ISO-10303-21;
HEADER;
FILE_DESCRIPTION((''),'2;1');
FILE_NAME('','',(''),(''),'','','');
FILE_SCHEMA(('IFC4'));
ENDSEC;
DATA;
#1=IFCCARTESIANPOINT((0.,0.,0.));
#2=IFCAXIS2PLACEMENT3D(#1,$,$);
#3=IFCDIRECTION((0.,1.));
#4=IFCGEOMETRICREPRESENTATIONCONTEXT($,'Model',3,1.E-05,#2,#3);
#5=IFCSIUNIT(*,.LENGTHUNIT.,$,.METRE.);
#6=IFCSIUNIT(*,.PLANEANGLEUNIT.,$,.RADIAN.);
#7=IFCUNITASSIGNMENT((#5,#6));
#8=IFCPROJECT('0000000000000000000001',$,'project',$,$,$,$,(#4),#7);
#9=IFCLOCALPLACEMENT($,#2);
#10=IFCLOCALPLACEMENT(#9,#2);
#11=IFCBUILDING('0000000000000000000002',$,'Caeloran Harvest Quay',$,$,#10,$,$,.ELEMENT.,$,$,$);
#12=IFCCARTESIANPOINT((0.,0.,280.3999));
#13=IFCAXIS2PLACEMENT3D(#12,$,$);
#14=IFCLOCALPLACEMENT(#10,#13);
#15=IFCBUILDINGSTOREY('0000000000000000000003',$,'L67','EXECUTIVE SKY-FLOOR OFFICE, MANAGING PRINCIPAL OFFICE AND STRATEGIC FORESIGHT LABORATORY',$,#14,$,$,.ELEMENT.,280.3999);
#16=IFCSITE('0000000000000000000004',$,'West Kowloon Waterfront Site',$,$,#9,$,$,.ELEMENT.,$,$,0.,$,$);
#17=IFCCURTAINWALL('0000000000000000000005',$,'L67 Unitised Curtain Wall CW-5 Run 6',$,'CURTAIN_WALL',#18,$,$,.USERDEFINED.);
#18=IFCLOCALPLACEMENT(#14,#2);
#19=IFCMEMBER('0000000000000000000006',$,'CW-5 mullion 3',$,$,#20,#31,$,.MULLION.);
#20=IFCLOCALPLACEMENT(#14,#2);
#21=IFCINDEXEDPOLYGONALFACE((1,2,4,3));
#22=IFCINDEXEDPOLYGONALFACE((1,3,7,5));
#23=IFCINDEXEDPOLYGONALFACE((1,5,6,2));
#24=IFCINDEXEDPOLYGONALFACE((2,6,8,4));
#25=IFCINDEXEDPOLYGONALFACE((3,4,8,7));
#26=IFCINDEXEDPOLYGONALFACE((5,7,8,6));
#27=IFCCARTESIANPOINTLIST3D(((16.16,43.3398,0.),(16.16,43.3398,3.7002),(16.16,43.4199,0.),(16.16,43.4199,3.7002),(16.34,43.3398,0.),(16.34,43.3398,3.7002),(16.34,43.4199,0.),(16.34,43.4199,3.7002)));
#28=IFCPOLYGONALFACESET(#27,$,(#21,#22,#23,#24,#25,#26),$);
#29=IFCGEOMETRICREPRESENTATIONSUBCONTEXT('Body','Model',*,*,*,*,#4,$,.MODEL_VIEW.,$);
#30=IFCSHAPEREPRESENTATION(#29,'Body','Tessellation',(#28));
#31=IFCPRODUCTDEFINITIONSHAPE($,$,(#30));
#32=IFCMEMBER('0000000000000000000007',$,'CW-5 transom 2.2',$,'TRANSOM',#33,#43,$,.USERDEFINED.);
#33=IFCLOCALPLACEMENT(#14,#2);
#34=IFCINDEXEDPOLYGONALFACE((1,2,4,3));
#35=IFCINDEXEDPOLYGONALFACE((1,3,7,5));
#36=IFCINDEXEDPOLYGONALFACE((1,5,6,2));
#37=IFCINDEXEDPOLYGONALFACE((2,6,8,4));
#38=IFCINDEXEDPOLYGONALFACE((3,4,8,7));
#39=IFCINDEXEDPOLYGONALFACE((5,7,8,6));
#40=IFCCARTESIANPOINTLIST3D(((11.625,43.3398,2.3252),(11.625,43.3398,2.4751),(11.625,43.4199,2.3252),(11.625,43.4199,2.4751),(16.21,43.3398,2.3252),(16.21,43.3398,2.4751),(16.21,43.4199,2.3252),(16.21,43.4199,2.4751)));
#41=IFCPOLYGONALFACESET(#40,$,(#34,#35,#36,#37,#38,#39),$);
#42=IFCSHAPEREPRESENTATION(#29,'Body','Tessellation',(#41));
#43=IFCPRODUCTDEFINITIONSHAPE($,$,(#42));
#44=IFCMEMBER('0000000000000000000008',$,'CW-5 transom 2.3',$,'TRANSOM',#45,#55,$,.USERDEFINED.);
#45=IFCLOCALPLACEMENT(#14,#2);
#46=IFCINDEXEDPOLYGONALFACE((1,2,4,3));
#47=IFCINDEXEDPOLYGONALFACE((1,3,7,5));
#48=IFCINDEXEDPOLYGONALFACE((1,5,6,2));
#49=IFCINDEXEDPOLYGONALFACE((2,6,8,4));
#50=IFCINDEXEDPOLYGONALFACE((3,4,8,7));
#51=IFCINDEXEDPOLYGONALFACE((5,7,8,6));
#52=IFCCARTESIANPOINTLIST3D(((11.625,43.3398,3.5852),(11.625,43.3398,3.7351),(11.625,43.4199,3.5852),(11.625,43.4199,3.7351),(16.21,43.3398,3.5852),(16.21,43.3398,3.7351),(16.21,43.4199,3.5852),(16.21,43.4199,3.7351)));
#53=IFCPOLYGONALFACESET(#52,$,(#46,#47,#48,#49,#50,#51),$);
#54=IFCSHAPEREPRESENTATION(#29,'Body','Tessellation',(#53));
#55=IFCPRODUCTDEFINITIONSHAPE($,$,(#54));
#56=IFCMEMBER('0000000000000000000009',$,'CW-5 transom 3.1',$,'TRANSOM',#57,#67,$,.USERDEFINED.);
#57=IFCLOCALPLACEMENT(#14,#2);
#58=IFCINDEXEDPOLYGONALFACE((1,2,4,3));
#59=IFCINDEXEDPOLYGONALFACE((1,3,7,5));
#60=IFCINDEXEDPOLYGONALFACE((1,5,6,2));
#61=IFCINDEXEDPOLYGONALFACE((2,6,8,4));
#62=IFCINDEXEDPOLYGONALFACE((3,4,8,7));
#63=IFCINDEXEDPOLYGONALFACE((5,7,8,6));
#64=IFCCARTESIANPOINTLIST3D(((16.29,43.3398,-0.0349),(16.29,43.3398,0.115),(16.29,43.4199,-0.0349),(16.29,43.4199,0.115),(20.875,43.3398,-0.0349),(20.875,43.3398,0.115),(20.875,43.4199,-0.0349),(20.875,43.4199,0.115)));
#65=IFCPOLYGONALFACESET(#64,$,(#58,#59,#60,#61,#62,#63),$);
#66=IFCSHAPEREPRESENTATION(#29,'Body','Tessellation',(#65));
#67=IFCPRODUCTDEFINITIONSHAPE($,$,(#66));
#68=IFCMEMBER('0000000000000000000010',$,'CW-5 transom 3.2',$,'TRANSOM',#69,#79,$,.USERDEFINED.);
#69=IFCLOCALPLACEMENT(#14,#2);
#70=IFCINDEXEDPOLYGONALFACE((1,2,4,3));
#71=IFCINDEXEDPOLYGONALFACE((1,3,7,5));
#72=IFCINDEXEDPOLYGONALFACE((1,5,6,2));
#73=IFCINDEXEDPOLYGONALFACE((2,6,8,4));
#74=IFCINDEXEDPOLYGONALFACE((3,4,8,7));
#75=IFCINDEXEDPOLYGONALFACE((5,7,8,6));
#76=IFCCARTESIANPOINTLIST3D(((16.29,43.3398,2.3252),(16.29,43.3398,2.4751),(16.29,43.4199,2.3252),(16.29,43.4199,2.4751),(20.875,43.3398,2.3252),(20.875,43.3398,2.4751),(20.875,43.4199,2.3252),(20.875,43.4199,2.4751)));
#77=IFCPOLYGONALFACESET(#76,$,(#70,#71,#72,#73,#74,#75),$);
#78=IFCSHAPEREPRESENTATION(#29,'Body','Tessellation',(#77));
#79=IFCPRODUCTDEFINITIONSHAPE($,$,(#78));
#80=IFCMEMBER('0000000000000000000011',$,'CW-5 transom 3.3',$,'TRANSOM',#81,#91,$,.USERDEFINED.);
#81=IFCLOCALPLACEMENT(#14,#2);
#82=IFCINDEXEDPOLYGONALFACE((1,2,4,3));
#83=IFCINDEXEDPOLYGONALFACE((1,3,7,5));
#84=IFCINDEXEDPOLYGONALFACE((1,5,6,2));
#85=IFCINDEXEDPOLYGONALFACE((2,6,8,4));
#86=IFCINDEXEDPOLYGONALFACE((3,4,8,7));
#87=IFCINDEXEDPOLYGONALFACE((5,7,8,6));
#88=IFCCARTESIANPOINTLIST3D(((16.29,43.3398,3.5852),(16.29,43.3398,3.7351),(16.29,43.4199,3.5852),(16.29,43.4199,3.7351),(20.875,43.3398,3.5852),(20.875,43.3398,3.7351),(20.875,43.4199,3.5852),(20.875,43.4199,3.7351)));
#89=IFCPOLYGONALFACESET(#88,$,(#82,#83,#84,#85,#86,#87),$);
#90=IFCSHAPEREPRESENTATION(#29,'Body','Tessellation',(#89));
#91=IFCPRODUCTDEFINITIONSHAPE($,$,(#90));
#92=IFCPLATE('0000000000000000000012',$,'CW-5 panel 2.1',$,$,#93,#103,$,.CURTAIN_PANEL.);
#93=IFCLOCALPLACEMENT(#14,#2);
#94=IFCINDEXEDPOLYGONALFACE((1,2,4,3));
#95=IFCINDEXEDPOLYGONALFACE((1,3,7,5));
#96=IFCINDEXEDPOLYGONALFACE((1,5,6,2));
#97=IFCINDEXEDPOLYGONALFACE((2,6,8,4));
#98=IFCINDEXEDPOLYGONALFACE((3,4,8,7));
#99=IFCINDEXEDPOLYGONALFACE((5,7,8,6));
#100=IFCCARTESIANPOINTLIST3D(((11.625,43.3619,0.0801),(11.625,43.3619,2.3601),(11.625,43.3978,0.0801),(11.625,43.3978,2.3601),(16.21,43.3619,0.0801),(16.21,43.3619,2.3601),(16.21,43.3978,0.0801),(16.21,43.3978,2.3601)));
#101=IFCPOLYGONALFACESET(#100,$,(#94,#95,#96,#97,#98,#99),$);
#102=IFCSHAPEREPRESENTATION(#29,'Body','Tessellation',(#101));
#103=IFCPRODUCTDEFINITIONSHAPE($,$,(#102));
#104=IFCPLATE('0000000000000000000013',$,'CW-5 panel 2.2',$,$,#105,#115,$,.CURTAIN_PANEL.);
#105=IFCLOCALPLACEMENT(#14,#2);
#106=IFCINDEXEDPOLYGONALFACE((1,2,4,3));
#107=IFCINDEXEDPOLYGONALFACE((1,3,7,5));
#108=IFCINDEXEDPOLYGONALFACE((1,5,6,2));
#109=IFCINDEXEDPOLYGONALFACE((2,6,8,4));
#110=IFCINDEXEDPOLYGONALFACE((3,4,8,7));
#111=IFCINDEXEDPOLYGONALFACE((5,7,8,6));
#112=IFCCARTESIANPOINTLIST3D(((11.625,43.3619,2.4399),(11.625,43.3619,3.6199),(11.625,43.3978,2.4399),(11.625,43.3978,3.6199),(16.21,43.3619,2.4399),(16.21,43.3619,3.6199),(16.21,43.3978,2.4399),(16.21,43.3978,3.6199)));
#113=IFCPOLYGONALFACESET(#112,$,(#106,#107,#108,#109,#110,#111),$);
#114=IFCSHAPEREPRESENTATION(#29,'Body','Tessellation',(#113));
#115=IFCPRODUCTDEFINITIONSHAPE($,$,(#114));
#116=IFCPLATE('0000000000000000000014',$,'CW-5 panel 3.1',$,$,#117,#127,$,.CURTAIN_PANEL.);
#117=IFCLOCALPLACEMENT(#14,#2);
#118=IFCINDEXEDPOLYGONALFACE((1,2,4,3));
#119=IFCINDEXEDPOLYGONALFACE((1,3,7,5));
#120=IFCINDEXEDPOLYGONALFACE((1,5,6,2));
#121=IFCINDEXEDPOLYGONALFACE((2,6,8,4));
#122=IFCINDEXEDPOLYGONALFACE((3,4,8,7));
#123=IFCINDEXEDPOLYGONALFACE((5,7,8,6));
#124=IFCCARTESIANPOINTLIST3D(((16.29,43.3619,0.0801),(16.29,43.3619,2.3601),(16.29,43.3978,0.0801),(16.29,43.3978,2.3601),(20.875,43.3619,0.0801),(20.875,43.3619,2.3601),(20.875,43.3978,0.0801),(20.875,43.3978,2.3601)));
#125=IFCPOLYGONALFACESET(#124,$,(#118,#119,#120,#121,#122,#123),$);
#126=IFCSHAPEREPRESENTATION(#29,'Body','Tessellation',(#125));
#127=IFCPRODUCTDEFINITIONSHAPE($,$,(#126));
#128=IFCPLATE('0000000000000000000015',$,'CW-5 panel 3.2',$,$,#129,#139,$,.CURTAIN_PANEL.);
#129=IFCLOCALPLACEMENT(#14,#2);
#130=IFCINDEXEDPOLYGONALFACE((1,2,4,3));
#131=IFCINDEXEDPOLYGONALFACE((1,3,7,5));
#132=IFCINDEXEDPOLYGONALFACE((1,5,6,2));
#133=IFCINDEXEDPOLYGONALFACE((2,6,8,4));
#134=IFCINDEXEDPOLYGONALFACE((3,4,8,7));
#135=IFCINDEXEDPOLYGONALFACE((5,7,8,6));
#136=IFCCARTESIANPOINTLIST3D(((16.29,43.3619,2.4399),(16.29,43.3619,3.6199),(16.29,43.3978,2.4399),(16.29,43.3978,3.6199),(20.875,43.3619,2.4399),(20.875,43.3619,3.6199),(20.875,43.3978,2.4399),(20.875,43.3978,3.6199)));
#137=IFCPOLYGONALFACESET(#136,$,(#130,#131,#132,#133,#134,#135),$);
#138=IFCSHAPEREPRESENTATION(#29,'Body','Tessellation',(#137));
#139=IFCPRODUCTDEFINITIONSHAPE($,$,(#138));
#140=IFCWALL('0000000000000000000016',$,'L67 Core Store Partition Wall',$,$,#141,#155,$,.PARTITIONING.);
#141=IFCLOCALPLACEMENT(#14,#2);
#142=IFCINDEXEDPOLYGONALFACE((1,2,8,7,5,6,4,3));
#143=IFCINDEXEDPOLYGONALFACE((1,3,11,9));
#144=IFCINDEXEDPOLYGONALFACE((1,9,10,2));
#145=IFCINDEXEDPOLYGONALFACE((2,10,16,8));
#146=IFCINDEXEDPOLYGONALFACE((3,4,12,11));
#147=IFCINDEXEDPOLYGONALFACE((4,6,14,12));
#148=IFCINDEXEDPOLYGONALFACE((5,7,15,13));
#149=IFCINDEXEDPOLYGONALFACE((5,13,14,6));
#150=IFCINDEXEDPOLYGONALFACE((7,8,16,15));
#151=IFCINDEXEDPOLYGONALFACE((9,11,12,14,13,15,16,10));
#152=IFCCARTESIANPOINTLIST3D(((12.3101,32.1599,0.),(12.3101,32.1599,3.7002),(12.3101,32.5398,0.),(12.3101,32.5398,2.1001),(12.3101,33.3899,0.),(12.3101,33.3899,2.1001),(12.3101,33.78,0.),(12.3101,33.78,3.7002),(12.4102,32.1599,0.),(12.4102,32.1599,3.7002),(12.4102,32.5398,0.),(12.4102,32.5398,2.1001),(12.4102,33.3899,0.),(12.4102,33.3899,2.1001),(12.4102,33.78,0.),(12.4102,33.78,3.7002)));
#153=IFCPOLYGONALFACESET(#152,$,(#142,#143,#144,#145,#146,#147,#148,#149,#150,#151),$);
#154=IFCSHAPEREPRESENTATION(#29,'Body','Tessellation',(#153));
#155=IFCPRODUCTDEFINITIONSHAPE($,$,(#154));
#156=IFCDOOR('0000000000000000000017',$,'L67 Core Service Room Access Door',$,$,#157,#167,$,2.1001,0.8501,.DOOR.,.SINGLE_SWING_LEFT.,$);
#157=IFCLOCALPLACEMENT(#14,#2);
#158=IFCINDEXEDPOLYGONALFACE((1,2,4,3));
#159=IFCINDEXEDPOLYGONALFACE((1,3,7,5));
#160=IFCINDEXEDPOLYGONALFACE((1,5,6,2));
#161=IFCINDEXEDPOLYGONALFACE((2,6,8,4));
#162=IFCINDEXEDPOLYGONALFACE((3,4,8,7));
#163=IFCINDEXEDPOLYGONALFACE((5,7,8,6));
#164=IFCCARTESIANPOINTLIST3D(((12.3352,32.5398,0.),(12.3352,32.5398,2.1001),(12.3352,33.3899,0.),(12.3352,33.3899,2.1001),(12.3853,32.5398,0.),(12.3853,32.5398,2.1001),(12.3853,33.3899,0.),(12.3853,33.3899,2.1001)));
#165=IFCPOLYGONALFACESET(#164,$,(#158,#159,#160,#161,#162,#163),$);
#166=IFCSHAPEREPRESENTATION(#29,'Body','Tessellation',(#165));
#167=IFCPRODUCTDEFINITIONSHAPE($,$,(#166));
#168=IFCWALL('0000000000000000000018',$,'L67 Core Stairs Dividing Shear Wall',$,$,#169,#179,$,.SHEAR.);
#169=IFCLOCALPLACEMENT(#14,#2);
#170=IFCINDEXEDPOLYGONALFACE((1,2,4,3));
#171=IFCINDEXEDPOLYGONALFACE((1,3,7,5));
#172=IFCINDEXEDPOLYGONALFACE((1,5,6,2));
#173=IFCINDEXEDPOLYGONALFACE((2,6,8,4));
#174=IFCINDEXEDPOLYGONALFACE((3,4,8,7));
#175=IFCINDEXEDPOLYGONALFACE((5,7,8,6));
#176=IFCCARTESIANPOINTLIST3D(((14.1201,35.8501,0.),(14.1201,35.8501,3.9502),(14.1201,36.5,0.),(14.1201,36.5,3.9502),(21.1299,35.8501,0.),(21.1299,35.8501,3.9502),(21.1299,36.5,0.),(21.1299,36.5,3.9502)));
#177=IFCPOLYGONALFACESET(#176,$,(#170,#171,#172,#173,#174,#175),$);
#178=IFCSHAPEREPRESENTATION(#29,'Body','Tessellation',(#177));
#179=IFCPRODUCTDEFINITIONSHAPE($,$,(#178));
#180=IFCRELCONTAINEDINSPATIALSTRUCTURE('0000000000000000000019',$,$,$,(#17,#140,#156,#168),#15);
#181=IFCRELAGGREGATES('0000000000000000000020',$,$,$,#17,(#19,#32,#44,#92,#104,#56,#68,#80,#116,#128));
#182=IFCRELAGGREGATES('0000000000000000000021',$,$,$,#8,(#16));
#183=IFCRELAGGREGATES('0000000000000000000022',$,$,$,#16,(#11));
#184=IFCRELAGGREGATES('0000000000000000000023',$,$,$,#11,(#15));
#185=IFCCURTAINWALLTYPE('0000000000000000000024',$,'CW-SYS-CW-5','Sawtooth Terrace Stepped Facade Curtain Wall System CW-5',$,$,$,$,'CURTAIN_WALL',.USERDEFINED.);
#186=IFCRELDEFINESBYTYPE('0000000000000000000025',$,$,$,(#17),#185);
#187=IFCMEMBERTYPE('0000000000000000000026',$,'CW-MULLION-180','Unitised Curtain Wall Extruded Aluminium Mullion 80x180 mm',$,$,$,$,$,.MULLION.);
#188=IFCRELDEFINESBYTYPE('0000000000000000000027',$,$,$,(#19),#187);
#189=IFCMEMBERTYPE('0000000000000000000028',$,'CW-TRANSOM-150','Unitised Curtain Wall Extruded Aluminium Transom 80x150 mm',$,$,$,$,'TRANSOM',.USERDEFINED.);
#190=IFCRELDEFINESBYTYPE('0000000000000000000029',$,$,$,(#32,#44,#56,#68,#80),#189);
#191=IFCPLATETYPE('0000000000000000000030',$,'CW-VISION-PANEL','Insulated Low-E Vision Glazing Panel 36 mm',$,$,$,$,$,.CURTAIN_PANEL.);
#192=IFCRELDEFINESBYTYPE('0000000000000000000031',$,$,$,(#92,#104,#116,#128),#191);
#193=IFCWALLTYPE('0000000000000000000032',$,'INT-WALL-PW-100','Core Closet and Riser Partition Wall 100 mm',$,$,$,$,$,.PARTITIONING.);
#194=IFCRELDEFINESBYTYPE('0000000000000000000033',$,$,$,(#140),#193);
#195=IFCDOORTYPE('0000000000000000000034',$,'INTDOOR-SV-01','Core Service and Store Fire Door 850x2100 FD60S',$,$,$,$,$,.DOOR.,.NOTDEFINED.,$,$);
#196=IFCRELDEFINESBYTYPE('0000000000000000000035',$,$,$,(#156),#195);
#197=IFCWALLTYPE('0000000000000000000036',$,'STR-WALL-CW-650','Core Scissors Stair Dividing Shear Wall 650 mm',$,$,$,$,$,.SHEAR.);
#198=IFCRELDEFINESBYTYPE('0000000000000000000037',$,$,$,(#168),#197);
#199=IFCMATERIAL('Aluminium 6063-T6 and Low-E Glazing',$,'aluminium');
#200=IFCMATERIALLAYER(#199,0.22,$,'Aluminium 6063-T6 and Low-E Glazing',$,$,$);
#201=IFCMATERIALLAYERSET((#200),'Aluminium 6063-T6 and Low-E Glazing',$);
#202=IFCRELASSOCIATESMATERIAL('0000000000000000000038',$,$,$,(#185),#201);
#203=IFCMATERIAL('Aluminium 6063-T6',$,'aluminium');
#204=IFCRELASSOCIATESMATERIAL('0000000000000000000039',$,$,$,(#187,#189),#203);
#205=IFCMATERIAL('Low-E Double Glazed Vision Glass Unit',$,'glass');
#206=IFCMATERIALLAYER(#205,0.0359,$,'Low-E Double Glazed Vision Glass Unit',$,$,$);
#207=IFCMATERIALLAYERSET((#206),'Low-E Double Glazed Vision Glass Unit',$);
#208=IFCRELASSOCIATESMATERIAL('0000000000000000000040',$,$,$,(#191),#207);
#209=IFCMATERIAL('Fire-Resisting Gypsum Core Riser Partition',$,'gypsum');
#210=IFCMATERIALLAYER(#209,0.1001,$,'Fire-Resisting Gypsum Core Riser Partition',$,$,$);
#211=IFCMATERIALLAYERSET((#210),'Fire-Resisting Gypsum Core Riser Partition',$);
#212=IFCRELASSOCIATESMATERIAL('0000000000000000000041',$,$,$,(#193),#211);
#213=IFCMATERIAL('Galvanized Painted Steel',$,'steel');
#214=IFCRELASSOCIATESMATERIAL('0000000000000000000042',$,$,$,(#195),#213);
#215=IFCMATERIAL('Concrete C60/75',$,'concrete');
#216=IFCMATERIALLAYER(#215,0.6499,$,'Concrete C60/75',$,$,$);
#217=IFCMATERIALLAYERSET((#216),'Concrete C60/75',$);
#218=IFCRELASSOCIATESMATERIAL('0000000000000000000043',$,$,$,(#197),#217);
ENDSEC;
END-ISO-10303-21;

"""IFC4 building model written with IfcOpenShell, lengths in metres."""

from ifc_helpers import new_model, si_unit, direction, frame, frame_2d, origin, origin_2d, place, context, subcontext, project, spatial, rectangle, extrude, material, layer, layer_set, material_profile, profile_set, type_object, element, fill, aggregate, save


model = new_model("IFC4")

# Units and contexts
model_context = context("Model", 3, precision=1e-05, world=origin(), true_north=direction((0.0, 1.0)))
body_context = subcontext(model_context, "Body", "Model", "MODEL_VIEW")
ifc_project = project(units=[si_unit("LENGTHUNIT", "METRE"), si_unit("PLANEANGLEUNIT", "RADIAN")], contexts=[model_context])

# Site, building, storey
site_placement = place(None, origin())
site = spatial("IfcSite", under=ifc_project, at=site_placement, Name="West Kowloon Waterfront Site", CompositionType="ELEMENT", RefElevation=0.0)
building_placement = place(site_placement, origin())
building = spatial("IfcBuilding", under=site, at=building_placement, Name="Caeloran Harvest Quay", CompositionType="ELEMENT")
storey_placement = place(building_placement, frame((0.0, 0.0, 280.3999)))
storey = spatial("IfcBuildingStorey", under=building, at=storey_placement, Name="L67", Description="EXECUTIVE SKY-FLOOR OFFICE, MANAGING PRINCIPAL OFFICE AND STRATEGIC FORESIGHT LABORATORY", CompositionType="ELEMENT", Elevation=280.3999)

# Curtain wall, members, plates
ifc_material_1 = material(Name="Aluminium 6063-T6 and Low-E Glazing", Category="aluminium")
ifc_layer_1 = layer(ifc_material_1, 0.22, Name="Aluminium 6063-T6 and Low-E Glazing")
ifc_layer_set_1 = layer_set([ifc_layer_1], Name="Aluminium 6063-T6 and Low-E Glazing")
curtain_wall_type = type_object("IfcCurtainWallType", Name="CW-SYS-CW-5", Description="Sawtooth Terrace Stepped Facade Curtain Wall System CW-5", ElementType="CURTAIN_WALL", PredefinedType="USERDEFINED", material=ifc_layer_set_1)
curtain_wall_placement = place(storey_placement, origin())
curtain_wall = element("IfcCurtainWall", 1, at=curtain_wall_placement, inside=storey, type_object=curtain_wall_type, Name="L67 Unitised Curtain Wall CW-5 Run 6", ObjectType="CURTAIN_WALL", PredefinedType="USERDEFINED")
ifc_material_2 = material(Name="Aluminium 6063-T6", Category="aluminium")
ifc_material_profile_1 = material_profile(ifc_material_2, rectangle(XDim=0.0801, YDim=0.1799, at=origin_2d()), Name="CW-MULLION-180")
ifc_profile_set_1 = profile_set([ifc_material_profile_1], Name="Aluminium 6063-T6")
member_type_1 = type_object("IfcMemberType", Name="CW-MULLION-180", Description="Unitised Curtain Wall Extruded Aluminium Mullion 80x180 mm", PredefinedType="MULLION", material=ifc_profile_set_1)
member_1_placement = place(storey_placement, frame((16.25, 43.3799, 0.0), z_axis=(0.0, 0.0, 1.0), x_axis=(0.0, 1.0, 0.0)))
member_1 = element("IfcMember", 2, at=member_1_placement, type_object=member_type_1, Name="CW-5 mullion 3", PredefinedType="MULLION", context=body_context, shape_type="SweptSolid", body=[
    extrude(rectangle(XDim=0.0801, YDim=0.1799, at=origin_2d()), origin(), (0.0, 0.0, 1.0), 3.7002),
])
ifc_material_profile_2 = material_profile(ifc_material_2, rectangle(XDim=0.0801, YDim=0.1499, at=origin_2d()), Name="CW-TRANSOM-150")
ifc_profile_set_2 = profile_set([ifc_material_profile_2], Name="Aluminium 6063-T6")
member_type_2 = type_object("IfcMemberType", Name="CW-TRANSOM-150", Description="Unitised Curtain Wall Extruded Aluminium Transom 80x150 mm", ElementType="TRANSOM", PredefinedType="USERDEFINED", material=ifc_profile_set_2)
member_2_placement = place(storey_placement, frame((11.625, 43.3799, 2.4001), z_axis=(1.0, 0.0, 0.0), x_axis=(0.0, 1.0, 0.0)))
member_2 = element("IfcMember", 3, at=member_2_placement, type_object=member_type_2, Name="CW-5 transom 2.2", ObjectType="TRANSOM", PredefinedType="USERDEFINED", context=body_context, shape_type="SweptSolid", body=[
    extrude(rectangle(XDim=0.0801, YDim=0.1499, at=origin_2d()), origin(), (0.0, 0.0, 1.0), 4.585),
])
member_3_placement = place(storey_placement, frame((11.625, 43.3799, 3.6602), z_axis=(1.0, 0.0, 0.0), x_axis=(0.0, 1.0, 0.0)))
member_3 = element("IfcMember", 4, at=member_3_placement, type_object=member_type_2, Name="CW-5 transom 2.3", ObjectType="TRANSOM", PredefinedType="USERDEFINED", context=body_context, shape_type="SweptSolid", body=[
    extrude(rectangle(XDim=0.0801, YDim=0.1499, at=origin_2d()), origin(), (0.0, 0.0, 1.0), 4.585),
])
member_4_placement = place(storey_placement, frame((16.29, 43.3799, 0.04), z_axis=(1.0, 0.0, 0.0), x_axis=(0.0, 1.0, 0.0)))
member_4 = element("IfcMember", 5, at=member_4_placement, type_object=member_type_2, Name="CW-5 transom 3.1", ObjectType="TRANSOM", PredefinedType="USERDEFINED", context=body_context, shape_type="SweptSolid", body=[
    extrude(rectangle(XDim=0.0801, YDim=0.1499, at=origin_2d()), origin(), (0.0, 0.0, 1.0), 4.585),
])
member_5_placement = place(storey_placement, frame((16.29, 43.3799, 2.4001), z_axis=(1.0, 0.0, 0.0), x_axis=(0.0, 1.0, 0.0)))
member_5 = element("IfcMember", 6, at=member_5_placement, type_object=member_type_2, Name="CW-5 transom 3.2", ObjectType="TRANSOM", PredefinedType="USERDEFINED", context=body_context, shape_type="SweptSolid", body=[
    extrude(rectangle(XDim=0.0801, YDim=0.1499, at=origin_2d()), origin(), (0.0, 0.0, 1.0), 4.585),
])
member_6_placement = place(storey_placement, frame((16.29, 43.3799, 3.6602), z_axis=(1.0, 0.0, 0.0), x_axis=(0.0, 1.0, 0.0)))
member_6 = element("IfcMember", 7, at=member_6_placement, type_object=member_type_2, Name="CW-5 transom 3.3", ObjectType="TRANSOM", PredefinedType="USERDEFINED", context=body_context, shape_type="SweptSolid", body=[
    extrude(rectangle(XDim=0.0801, YDim=0.1499, at=origin_2d()), origin(), (0.0, 0.0, 1.0), 4.585),
])
ifc_material_3 = material(Name="Low-E Double Glazed Vision Glass Unit", Category="glass")
ifc_layer_2 = layer(ifc_material_3, 0.0359, Name="Low-E Double Glazed Vision Glass Unit")
ifc_layer_set_2 = layer_set([ifc_layer_2], Name="Low-E Double Glazed Vision Glass Unit")
plate_type = type_object("IfcPlateType", Name="CW-VISION-PANEL", Description="Insulated Low-E Vision Glazing Panel 36 mm", PredefinedType="CURTAIN_PANEL", material=ifc_layer_set_2)
plate_1_placement = place(storey_placement, frame((13.9175, 43.3799, 0.0801), z_axis=(0.0, 0.0, 1.0), x_axis=(1.0, 0.0, 0.0)))
plate_1 = element("IfcPlate", 8, at=plate_1_placement, type_object=plate_type, Name="CW-5 panel 2.1", PredefinedType="CURTAIN_PANEL", context=body_context, shape_type="SweptSolid", body=[
    extrude(rectangle(XDim=4.585, YDim=0.0359, at=origin_2d()), origin(), (0.0, 0.0, 1.0), 2.28),
])
plate_2_placement = place(storey_placement, frame((13.9175, 43.3799, 2.4399), z_axis=(0.0, 0.0, 1.0), x_axis=(1.0, 0.0, 0.0)))
plate_2 = element("IfcPlate", 9, at=plate_2_placement, type_object=plate_type, Name="CW-5 panel 2.2", PredefinedType="CURTAIN_PANEL", context=body_context, shape_type="SweptSolid", body=[
    extrude(rectangle(XDim=4.585, YDim=0.0359, at=origin_2d()), origin(), (0.0, 0.0, 1.0), 1.1799),
])
plate_3_placement = place(storey_placement, frame((18.5825, 43.3799, 0.0801), z_axis=(0.0, 0.0, 1.0), x_axis=(1.0, 0.0, 0.0)))
plate_3 = element("IfcPlate", 10, at=plate_3_placement, type_object=plate_type, Name="CW-5 panel 3.1", PredefinedType="CURTAIN_PANEL", context=body_context, shape_type="SweptSolid", body=[
    extrude(rectangle(XDim=4.585, YDim=0.0359, at=origin_2d()), origin(), (0.0, 0.0, 1.0), 2.28),
])
plate_4_placement = place(storey_placement, frame((18.5825, 43.3799, 2.4399), z_axis=(0.0, 0.0, 1.0), x_axis=(1.0, 0.0, 0.0)))
plate_4 = element("IfcPlate", 11, at=plate_4_placement, type_object=plate_type, Name="CW-5 panel 3.2", PredefinedType="CURTAIN_PANEL", context=body_context, shape_type="SweptSolid", body=[
    extrude(rectangle(XDim=4.585, YDim=0.0359, at=origin_2d()), origin(), (0.0, 0.0, 1.0), 1.1799),
])
aggregate(curtain_wall, [member_1, member_2, member_3, plate_1, plate_2, member_4, member_5, member_6, plate_3, plate_4])

# Wall, opening, door
ifc_material_4 = material(Name="Fire-Resisting Gypsum Core Riser Partition", Category="gypsum")
ifc_layer_3 = layer(ifc_material_4, 0.1001, Name="Fire-Resisting Gypsum Core Riser Partition")
ifc_layer_set_3 = layer_set([ifc_layer_3], Name="Fire-Resisting Gypsum Core Riser Partition")
wall_type_1 = type_object("IfcWallType", Name="INT-WALL-PW-100", Description="Core Closet and Riser Partition Wall 100 mm", PredefinedType="PARTITIONING", material=ifc_layer_set_3)
wall_1_placement = place(storey_placement, frame((12.3601, 32.1599, 0.0), z_axis=(0.0, 0.0, 1.0), x_axis=(0.0, 1.0, 0.0)))
wall_1 = element("IfcWall", 12, at=wall_1_placement, inside=storey, type_object=wall_type_1, Name="L67 Core Store Partition Wall", PredefinedType="PARTITIONING", context=body_context, shape_type="SweptSolid", body=[
    extrude(rectangle(XDim=1.6201, YDim=0.1001, at=frame_2d((0.8101, 0.0))), origin(), (0.0, 0.0, 1.0), 3.7002),
])
opening_1_placement = place(wall_1_placement, frame((0.3799, 0.0, 0.0)))
opening_1 = element("IfcOpeningElement", 13, at=opening_1_placement, cuts=wall_1, PredefinedType="OPENING", context=body_context, shape_type="SweptSolid", body=[
    extrude(rectangle(XDim=0.8501, YDim=2.1001, at=frame_2d((0.425, 1.05))), frame((0.0, 0.0601, 0.0), z_axis=(0.0, -1.0, 0.0), x_axis=(1.0, 0.0, 0.0)), (0.0, 0.0, 1.0), 0.1201),
])
ifc_material_5 = material(Name="Galvanized Painted Steel", Category="steel")
door_type_1 = type_object("IfcDoorType", Name="INTDOOR-SV-01", Description="Core Service and Store Fire Door 850x2100 FD60S", OperationType="NOTDEFINED", PredefinedType="DOOR", material=ifc_material_5)
door_1_placement = place(opening_1_placement, origin())
door_1 = element("IfcDoor", 14, at=door_1_placement, inside=storey, type_object=door_type_1, Name="L67 Core Service Room Access Door", OperationType="SINGLE_SWING_LEFT", OverallHeight=2.1001, OverallWidth=0.8501, PredefinedType="DOOR", context=body_context, shape_type="SweptSolid", body=[
    extrude(rectangle(XDim=0.8501, YDim=2.1001, at=frame_2d((0.425, 1.05))), frame((0.0, 0.0249, 0.0), z_axis=(0.0, -1.0, 0.0), x_axis=(1.0, 0.0, 0.0)), (0.0, 0.0, 1.0), 0.05),
])
fill(opening_1, door_1)

# Wall
ifc_material_6 = material(Name="Concrete C60/75", Category="concrete")
ifc_layer_4 = layer(ifc_material_6, 0.6499, Name="Concrete C60/75")
ifc_layer_set_4 = layer_set([ifc_layer_4], Name="Concrete C60/75")
wall_type_2 = type_object("IfcWallType", Name="STR-WALL-CW-650", Description="Core Scissors Stair Dividing Shear Wall 650 mm", PredefinedType="SHEAR", material=ifc_layer_set_4)
wall_2_placement = place(storey_placement, frame((14.1201, 36.175, 0.0), z_axis=(0.0, 0.0, 1.0), x_axis=(1.0, 0.0, 0.0)))
element("IfcWall", 15, at=wall_2_placement, inside=storey, type_object=wall_type_2, Name="L67 Core Stairs Dividing Shear Wall", PredefinedType="SHEAR", context=body_context, shape_type="SweptSolid", body=[
    extrude(rectangle(XDim=7.0098, YDim=0.6499, at=frame_2d((3.5049, 0.0))), origin(), (0.0, 0.0, 1.0), 3.9502),
])

save(model, "model.ifc")
